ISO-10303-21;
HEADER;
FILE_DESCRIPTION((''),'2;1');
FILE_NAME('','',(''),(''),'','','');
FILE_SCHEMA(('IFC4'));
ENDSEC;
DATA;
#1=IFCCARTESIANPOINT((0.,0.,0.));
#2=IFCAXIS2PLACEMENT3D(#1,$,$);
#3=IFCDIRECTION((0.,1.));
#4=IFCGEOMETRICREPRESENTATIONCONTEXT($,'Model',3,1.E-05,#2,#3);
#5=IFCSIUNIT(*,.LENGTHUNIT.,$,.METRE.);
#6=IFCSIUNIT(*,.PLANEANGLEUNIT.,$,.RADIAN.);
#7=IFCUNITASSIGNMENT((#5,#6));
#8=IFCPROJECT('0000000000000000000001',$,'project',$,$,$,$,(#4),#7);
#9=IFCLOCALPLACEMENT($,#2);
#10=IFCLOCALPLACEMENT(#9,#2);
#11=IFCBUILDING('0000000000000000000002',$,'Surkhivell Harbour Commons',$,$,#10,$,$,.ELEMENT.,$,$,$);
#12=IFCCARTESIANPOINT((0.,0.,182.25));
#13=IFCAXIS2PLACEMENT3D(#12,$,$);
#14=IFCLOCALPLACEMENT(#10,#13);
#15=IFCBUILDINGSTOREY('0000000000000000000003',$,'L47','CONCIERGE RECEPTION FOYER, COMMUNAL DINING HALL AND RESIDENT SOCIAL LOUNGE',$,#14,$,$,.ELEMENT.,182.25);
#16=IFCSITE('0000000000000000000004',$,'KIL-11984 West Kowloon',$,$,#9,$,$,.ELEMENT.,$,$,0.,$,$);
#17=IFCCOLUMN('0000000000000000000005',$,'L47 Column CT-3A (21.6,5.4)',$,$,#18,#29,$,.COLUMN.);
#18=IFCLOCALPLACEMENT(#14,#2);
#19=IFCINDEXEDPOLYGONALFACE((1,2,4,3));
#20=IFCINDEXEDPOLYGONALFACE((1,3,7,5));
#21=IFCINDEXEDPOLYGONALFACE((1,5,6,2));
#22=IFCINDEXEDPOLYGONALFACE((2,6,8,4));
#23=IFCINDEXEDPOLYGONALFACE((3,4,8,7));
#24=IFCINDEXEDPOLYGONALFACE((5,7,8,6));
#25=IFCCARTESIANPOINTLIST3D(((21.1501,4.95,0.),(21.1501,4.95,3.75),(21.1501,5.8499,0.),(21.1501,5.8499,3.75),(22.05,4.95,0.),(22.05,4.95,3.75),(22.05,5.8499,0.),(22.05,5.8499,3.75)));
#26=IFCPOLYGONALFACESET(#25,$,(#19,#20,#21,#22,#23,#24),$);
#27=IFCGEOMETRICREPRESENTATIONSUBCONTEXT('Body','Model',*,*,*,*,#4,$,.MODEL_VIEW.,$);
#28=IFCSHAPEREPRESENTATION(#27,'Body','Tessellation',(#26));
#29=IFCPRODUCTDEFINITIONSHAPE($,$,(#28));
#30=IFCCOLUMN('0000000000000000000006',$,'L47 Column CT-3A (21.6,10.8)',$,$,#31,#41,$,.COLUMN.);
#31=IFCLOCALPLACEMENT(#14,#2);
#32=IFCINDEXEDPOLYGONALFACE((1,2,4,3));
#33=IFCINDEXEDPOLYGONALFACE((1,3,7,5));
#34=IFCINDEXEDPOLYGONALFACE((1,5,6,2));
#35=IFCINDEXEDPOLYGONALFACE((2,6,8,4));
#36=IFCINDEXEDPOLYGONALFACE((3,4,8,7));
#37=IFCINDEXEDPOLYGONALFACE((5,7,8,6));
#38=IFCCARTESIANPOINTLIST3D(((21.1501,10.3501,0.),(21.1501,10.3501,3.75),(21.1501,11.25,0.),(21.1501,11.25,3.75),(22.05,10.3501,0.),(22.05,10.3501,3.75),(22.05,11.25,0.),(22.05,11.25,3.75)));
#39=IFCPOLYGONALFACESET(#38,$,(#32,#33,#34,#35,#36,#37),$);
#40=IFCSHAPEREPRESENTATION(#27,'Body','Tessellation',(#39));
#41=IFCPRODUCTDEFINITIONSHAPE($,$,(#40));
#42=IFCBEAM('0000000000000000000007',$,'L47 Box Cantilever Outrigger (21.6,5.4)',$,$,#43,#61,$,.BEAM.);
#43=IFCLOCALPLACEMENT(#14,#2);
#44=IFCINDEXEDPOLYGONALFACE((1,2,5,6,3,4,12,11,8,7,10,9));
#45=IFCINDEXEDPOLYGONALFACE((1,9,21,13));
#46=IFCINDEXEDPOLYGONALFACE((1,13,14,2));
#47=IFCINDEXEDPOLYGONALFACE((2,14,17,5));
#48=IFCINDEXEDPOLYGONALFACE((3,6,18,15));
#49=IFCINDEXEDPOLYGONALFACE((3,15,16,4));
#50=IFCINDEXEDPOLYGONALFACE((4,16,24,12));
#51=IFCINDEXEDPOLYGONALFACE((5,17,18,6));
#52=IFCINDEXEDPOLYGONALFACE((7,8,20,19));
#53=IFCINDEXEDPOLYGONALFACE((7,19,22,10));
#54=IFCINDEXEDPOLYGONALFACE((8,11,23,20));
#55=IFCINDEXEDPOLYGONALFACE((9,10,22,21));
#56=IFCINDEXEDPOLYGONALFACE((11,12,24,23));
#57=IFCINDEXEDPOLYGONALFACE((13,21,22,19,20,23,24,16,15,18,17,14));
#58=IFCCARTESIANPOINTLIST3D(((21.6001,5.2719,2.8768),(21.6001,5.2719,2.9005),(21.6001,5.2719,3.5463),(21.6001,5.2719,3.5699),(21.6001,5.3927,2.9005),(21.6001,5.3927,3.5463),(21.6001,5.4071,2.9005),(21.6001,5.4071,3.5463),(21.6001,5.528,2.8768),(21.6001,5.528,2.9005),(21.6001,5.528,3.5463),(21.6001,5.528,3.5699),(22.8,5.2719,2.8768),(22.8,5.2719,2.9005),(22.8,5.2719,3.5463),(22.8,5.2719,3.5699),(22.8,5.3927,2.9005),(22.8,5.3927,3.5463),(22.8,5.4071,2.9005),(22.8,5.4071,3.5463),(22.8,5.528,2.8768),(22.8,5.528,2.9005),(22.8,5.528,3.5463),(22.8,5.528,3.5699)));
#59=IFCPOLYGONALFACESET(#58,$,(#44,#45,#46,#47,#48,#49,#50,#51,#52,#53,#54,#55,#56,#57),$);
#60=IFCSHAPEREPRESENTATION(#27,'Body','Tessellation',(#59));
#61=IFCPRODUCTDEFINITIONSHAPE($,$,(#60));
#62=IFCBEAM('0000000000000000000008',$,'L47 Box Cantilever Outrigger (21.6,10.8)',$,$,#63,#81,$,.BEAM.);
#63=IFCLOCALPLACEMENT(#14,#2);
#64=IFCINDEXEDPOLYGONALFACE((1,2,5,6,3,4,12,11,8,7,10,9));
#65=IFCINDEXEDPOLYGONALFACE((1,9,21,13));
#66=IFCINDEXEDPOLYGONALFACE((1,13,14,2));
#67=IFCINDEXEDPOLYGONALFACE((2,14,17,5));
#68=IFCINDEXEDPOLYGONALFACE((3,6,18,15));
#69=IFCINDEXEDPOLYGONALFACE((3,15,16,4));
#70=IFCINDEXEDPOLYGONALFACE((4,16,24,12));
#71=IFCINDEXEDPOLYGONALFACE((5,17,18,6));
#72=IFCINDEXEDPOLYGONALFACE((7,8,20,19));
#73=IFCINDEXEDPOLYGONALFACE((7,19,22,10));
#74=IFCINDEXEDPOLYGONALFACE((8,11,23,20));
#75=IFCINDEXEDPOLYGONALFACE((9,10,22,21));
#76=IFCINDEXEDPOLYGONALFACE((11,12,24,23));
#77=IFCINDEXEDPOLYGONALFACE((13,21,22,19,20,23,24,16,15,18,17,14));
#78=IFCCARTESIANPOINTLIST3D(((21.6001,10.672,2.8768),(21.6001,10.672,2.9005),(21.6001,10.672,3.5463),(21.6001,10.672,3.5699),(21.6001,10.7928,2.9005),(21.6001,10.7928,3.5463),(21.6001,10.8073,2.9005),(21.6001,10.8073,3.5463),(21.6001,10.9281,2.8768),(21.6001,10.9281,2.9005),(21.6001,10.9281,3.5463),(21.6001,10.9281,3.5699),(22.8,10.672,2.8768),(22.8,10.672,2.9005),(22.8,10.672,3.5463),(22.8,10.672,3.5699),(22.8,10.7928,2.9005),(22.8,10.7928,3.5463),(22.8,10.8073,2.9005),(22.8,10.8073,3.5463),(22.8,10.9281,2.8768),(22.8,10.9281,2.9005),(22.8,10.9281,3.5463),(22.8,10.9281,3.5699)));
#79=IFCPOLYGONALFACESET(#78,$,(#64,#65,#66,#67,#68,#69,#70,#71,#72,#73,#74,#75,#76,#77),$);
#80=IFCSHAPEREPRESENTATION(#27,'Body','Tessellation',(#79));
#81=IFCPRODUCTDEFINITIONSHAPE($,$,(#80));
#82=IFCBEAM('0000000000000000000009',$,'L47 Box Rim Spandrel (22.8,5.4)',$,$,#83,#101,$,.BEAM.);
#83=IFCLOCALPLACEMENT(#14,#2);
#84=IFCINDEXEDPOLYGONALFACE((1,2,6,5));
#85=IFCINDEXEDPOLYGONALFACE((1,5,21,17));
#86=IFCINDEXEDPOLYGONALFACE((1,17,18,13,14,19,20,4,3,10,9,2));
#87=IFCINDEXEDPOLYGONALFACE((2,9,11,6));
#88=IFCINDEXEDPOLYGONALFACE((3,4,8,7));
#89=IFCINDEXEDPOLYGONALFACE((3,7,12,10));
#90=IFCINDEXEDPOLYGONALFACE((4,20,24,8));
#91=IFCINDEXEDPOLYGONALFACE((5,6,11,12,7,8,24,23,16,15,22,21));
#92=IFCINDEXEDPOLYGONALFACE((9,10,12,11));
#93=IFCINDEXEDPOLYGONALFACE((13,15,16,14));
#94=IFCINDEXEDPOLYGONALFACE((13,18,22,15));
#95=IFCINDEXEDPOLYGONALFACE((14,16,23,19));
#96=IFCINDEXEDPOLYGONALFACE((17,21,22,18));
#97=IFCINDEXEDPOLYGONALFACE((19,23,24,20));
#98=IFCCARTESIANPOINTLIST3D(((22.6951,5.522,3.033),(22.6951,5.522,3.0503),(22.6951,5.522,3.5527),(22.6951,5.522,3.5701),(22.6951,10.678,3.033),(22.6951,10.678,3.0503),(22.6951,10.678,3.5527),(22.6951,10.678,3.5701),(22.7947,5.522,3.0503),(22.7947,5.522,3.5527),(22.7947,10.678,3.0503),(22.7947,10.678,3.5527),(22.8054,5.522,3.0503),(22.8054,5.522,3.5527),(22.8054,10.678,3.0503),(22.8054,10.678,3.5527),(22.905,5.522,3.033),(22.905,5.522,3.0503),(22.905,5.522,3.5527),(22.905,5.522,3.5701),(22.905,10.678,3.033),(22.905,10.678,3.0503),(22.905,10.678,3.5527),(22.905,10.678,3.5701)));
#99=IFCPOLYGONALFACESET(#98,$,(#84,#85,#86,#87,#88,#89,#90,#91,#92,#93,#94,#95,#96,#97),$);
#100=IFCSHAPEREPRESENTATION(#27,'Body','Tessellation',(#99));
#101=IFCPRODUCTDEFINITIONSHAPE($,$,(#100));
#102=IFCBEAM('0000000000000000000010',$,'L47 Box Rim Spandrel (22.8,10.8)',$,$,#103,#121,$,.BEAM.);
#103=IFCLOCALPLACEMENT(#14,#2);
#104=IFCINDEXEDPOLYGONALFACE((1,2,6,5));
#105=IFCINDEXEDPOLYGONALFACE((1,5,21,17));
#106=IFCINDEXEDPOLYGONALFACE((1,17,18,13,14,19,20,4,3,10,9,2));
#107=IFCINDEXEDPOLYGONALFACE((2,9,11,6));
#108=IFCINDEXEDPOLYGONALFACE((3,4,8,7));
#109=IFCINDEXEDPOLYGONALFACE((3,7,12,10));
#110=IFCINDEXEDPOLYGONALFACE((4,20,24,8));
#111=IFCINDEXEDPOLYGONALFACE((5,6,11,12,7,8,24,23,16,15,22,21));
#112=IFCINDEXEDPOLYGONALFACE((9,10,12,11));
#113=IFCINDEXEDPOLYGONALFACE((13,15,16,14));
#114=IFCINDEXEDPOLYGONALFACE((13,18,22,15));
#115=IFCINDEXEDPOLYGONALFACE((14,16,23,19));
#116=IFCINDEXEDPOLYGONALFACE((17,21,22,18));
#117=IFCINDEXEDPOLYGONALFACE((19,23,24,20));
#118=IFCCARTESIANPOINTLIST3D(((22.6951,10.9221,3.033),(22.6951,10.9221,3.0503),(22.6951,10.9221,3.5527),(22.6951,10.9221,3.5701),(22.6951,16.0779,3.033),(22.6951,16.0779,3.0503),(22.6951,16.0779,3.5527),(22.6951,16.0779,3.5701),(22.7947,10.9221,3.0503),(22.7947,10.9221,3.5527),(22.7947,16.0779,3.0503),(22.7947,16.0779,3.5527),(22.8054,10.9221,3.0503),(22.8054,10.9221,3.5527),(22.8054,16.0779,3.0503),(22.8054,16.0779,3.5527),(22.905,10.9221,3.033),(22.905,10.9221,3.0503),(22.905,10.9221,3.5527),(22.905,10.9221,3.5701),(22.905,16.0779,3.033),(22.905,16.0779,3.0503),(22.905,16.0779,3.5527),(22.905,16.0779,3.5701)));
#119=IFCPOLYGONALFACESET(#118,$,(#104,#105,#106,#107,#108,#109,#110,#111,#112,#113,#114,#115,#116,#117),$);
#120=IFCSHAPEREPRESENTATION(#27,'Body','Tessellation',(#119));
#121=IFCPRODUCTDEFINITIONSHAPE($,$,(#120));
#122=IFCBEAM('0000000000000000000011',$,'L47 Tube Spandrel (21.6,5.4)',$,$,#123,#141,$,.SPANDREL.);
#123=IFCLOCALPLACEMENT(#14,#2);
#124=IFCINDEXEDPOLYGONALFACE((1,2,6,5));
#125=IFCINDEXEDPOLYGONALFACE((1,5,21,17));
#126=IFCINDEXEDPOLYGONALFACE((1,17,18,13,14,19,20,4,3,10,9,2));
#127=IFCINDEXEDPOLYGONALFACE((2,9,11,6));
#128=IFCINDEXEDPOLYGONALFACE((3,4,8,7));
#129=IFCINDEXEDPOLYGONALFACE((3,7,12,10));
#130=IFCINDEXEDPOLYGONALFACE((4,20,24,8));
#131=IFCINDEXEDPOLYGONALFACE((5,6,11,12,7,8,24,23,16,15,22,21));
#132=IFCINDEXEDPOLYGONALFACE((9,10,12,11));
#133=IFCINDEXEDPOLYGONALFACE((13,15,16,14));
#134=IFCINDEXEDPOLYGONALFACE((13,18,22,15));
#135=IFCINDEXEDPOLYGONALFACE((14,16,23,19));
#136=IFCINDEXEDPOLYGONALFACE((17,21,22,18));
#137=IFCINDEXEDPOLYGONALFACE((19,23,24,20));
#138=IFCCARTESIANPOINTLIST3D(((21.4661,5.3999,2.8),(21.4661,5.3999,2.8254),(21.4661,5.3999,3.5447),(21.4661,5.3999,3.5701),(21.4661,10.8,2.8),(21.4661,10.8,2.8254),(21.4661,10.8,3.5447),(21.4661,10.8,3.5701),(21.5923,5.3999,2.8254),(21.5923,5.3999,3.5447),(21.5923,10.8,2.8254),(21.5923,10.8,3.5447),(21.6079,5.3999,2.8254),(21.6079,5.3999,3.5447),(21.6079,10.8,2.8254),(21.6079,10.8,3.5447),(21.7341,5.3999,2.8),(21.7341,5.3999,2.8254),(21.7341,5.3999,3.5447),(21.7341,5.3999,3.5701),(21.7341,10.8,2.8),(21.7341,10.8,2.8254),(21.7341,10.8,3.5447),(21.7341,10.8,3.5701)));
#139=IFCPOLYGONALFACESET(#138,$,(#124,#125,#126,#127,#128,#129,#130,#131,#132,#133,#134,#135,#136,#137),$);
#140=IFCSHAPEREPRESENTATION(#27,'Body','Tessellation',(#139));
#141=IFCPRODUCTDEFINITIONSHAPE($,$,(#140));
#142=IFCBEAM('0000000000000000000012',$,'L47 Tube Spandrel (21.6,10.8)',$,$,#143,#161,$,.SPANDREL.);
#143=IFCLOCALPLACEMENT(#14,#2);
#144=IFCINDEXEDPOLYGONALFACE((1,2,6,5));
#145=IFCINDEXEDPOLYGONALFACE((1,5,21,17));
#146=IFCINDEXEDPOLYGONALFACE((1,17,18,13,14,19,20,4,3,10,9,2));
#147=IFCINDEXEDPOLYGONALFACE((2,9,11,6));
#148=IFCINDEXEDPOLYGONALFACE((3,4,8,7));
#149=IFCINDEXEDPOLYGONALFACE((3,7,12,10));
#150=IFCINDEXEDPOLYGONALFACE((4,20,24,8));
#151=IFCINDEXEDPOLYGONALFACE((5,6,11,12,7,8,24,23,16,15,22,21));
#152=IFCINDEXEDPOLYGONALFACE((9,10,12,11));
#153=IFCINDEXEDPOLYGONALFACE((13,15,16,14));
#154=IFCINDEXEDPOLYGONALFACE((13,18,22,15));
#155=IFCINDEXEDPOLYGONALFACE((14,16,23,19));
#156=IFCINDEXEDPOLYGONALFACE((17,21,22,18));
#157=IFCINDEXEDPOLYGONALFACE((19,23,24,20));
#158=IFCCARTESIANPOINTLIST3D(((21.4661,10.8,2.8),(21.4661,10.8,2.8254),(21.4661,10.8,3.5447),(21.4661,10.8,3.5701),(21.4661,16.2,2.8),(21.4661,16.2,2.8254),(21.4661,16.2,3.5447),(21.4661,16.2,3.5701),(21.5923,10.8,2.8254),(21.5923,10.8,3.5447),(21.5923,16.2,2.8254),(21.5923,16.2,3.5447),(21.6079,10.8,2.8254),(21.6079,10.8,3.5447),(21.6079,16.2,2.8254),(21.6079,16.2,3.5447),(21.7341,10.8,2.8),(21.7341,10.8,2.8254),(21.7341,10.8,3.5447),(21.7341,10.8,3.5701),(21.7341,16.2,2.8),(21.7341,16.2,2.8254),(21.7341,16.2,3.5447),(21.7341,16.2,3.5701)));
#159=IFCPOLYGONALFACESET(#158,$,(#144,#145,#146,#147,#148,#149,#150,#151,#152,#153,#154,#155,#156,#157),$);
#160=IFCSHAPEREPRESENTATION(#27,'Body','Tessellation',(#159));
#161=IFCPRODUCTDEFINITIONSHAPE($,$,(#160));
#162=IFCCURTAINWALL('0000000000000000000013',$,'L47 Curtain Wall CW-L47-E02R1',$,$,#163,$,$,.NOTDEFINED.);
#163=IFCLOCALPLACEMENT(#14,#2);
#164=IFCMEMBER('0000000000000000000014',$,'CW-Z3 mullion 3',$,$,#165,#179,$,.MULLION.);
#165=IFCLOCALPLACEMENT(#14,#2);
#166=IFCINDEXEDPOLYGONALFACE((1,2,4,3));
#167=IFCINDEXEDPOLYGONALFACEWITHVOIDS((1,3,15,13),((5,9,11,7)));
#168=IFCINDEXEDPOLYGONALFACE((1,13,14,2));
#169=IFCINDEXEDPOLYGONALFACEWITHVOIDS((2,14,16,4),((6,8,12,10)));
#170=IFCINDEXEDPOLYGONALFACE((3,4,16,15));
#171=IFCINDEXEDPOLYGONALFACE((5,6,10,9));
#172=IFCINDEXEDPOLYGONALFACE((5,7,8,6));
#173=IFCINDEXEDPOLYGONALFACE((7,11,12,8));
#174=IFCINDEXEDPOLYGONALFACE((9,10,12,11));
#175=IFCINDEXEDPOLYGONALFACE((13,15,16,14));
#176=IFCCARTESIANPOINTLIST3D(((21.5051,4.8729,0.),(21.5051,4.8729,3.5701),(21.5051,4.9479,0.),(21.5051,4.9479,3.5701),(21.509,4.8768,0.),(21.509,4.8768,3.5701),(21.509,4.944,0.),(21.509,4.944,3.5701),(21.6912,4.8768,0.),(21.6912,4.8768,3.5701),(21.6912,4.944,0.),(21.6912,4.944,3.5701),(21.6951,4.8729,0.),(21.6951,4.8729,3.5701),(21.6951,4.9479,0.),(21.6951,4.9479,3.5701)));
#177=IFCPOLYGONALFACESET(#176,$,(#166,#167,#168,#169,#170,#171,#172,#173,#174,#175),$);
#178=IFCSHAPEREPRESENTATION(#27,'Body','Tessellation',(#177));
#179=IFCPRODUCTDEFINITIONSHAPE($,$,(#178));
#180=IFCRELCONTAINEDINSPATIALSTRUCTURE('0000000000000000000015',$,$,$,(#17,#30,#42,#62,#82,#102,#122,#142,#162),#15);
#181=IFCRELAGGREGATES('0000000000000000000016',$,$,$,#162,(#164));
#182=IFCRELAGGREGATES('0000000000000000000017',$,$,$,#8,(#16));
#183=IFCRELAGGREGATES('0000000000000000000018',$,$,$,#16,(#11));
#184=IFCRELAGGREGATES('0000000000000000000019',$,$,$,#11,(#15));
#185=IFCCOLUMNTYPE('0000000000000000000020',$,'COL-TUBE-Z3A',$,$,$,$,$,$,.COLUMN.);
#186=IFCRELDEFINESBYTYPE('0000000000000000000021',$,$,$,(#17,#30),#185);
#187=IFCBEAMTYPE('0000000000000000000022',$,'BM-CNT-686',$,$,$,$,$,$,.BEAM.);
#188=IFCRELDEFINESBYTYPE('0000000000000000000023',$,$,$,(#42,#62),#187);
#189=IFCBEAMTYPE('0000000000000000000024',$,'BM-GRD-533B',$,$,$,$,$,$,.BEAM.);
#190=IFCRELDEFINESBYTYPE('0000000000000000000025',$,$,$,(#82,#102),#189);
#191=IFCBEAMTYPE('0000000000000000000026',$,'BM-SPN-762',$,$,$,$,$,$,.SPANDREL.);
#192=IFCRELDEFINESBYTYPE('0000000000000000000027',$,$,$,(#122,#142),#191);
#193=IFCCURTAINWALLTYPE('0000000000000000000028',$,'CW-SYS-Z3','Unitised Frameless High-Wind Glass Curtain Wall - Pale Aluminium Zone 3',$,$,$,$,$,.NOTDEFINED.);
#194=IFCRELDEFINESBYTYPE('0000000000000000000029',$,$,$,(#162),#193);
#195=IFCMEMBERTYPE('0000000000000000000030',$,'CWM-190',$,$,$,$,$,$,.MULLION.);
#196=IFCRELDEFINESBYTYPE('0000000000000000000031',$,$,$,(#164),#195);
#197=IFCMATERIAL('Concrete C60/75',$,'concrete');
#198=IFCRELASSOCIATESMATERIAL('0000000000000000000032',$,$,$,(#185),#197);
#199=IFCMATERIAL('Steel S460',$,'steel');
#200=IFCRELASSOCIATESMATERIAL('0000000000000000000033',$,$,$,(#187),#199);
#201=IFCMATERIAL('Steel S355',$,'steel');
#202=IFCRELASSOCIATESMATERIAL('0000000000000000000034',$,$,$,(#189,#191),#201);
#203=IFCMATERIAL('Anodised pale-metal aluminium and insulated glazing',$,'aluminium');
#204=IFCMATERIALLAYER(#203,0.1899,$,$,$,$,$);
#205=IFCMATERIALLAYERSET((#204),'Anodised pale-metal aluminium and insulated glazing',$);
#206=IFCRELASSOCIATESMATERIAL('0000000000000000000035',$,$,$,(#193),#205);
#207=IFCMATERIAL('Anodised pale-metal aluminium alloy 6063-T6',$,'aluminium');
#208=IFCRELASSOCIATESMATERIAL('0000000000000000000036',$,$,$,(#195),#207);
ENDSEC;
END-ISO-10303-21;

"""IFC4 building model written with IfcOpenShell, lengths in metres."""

from ifc_helpers import new_model, si_unit, direction, frame, origin, origin_2d, place, context, subcontext, project, spatial, rectangle, hollow_rectangle, i_section, extrude, material, layer, layer_set, material_profile, profile_set, type_object, element, aggregate, save


model = new_model("IFC4")

# Units and contexts
model_context = context("Model", 3, precision=1e-05, world=origin(), true_north=direction((0.0, 1.0)))
body_context = subcontext(model_context, "Body", "Model", "MODEL_VIEW")
ifc_project = project(units=[si_unit("LENGTHUNIT", "METRE"), si_unit("PLANEANGLEUNIT", "RADIAN")], contexts=[model_context])

# Site, building, storey
site_placement = place(None, origin())
site = spatial("IfcSite", under=ifc_project, at=site_placement, Name="KIL-11984 West Kowloon", CompositionType="ELEMENT", RefElevation=0.0)
building_placement = place(site_placement, origin())
building = spatial("IfcBuilding", under=site, at=building_placement, Name="Surkhivell Harbour Commons", CompositionType="ELEMENT")
storey_placement = place(building_placement, frame((0.0, 0.0, 182.25)))
storey = spatial("IfcBuildingStorey", under=building, at=storey_placement, Name="L47", Description="CONCIERGE RECEPTION FOYER, COMMUNAL DINING HALL AND RESIDENT SOCIAL LOUNGE", CompositionType="ELEMENT", Elevation=182.25)

# Columns
ifc_material_1 = material(Name="Concrete C60/75", Category="concrete")
ifc_material_profile_1 = material_profile(ifc_material_1, rectangle(XDim=0.8999, YDim=0.8999, at=origin_2d()), Name="RC-COL-900x900")
ifc_profile_set_1 = profile_set([ifc_material_profile_1], Name="Concrete C60/75")
column_type = type_object("IfcColumnType", Name="COL-TUBE-Z3A", PredefinedType="COLUMN", material=ifc_profile_set_1)
for number, where, z_axis, x_axis, name in (
    (1, (21.6001, 5.3999, 0.0), (0.0, 0.0, 1.0), (1.0, 0.0, 0.0), "L47 Column CT-3A (21.6,5.4)"),
    (2, (21.6001, 10.8, 0.0), (0.0, 0.0, 1.0), (1.0, 0.0, 0.0), "L47 Column CT-3A (21.6,10.8)"),
):
    element("IfcColumn", number, at=place(storey_placement, frame(where, z_axis=z_axis, x_axis=x_axis)), inside=storey, type_object=column_type, Name=name, PredefinedType="COLUMN", context=body_context, shape_type="SweptSolid", body=[
        extrude(rectangle(XDim=0.8999, YDim=0.8999, at=origin_2d()), origin(), (0.0, 0.0, 1.0), 3.75),
    ])

# Beams
ifc_material_2 = material(Name="Steel S460", Category="steel")
ifc_material_profile_2 = material_profile(ifc_material_2, i_section(OverallWidth=0.2561, OverallDepth=0.6931, WebThickness=0.0144, FlangeThickness=0.0237, at=origin_2d()), Name="UB686x254x170")
ifc_profile_set_2 = profile_set([ifc_material_profile_2], Name="Steel S460")
beam_type_1 = type_object("IfcBeamType", Name="BM-CNT-686", PredefinedType="BEAM", material=ifc_profile_set_2)
for number, where, z_axis, x_axis, name in (
    (3, (21.6001, 5.3999, 3.2234), (1.0, 0.0, 0.0), (0.0, 1.0, 0.0), "L47 Box Cantilever Outrigger (21.6,5.4)"),
    (4, (21.6001, 10.8, 3.2234), (1.0, 0.0, 0.0), (0.0, 1.0, 0.0), "L47 Box Cantilever Outrigger (21.6,10.8)"),
):
    element("IfcBeam", number, at=place(storey_placement, frame(where, z_axis=z_axis, x_axis=x_axis)), inside=storey, type_object=beam_type_1, Name=name, PredefinedType="BEAM", context=body_context, shape_type="SweptSolid", body=[
        extrude(i_section(OverallWidth=0.2561, OverallDepth=0.6931, WebThickness=0.0144, FlangeThickness=0.0237, at=origin_2d()), origin(), (0.0, 0.0, 1.0), 1.2),
    ])
ifc_material_3 = material(Name="Steel S355", Category="steel")
ifc_material_profile_3 = material_profile(ifc_material_3, i_section(OverallWidth=0.21, OverallDepth=0.5371, WebThickness=0.0107, FlangeThickness=0.0173, at=origin_2d()), Name="UB533x210x101")
ifc_profile_set_3 = profile_set([ifc_material_profile_3], Name="Steel S355")
beam_type_2 = type_object("IfcBeamType", Name="BM-GRD-533B", PredefinedType="BEAM", material=ifc_profile_set_3)
beam_1_placement = place(storey_placement, frame((22.8, 5.522, 3.3015), z_axis=(0.0, 1.0, 0.0), x_axis=(-1.0, 0.0, 0.0)))
element("IfcBeam", 5, at=beam_1_placement, inside=storey, type_object=beam_type_2, Name="L47 Box Rim Spandrel (22.8,5.4)", PredefinedType="BEAM", context=body_context, shape_type="SweptSolid", body=[
    extrude(i_section(OverallWidth=0.21, OverallDepth=0.5371, WebThickness=0.0107, FlangeThickness=0.0173, at=origin_2d()), origin(), (0.0, 0.0, 1.0), 5.156),
])
beam_2_placement = place(storey_placement, frame((22.8, 10.9221, 3.3015), z_axis=(0.0, 1.0, 0.0), x_axis=(-1.0, 0.0, 0.0)))
element("IfcBeam", 6, at=beam_2_placement, inside=storey, type_object=beam_type_2, Name="L47 Box Rim Spandrel (22.8,10.8)", PredefinedType="BEAM", context=body_context, shape_type="SweptSolid", body=[
    extrude(i_section(OverallWidth=0.21, OverallDepth=0.5371, WebThickness=0.0107, FlangeThickness=0.0173, at=origin_2d()), origin(), (0.0, 0.0, 1.0), 5.1558),
])
ifc_material_profile_4 = material_profile(ifc_material_3, i_section(OverallWidth=0.2681, OverallDepth=0.77, WebThickness=0.0156, FlangeThickness=0.0254, at=origin_2d()), Name="UB762x267x197")
ifc_profile_set_4 = profile_set([ifc_material_profile_4], Name="Steel S355")
beam_type_3 = type_object("IfcBeamType", Name="BM-SPN-762", PredefinedType="SPANDREL", material=ifc_profile_set_4)
beam_3_placement = place(storey_placement, frame((21.6001, 5.3999, 3.1851), z_axis=(0.0, 1.0, 0.0), x_axis=(-1.0, 0.0, 0.0)))
element("IfcBeam", 7, at=beam_3_placement, inside=storey, type_object=beam_type_3, Name="L47 Tube Spandrel (21.6,5.4)", PredefinedType="SPANDREL", context=body_context, shape_type="SweptSolid", body=[
    extrude(i_section(OverallWidth=0.2681, OverallDepth=0.77, WebThickness=0.0156, FlangeThickness=0.0254, at=origin_2d()), origin(), (0.0, 0.0, 1.0), 5.4001),
])
beam_4_placement = place(storey_placement, frame((21.6001, 10.8, 3.1851), z_axis=(0.0, 1.0, 0.0), x_axis=(-1.0, 0.0, 0.0)))
element("IfcBeam", 8, at=beam_4_placement, inside=storey, type_object=beam_type_3, Name="L47 Tube Spandrel (21.6,10.8)", PredefinedType="SPANDREL", context=body_context, shape_type="SweptSolid", body=[
    extrude(i_section(OverallWidth=0.2681, OverallDepth=0.77, WebThickness=0.0156, FlangeThickness=0.0254, at=origin_2d()), origin(), (0.0, 0.0, 1.0), 5.3999),
])

# Curtain wall, member
ifc_material_4 = material(Name="Anodised pale-metal aluminium and insulated glazing", Category="aluminium")
ifc_layer_1 = layer(ifc_material_4, 0.1899)
ifc_layer_set_1 = layer_set([ifc_layer_1], Name="Anodised pale-metal aluminium and insulated glazing")
curtain_wall_type = type_object("IfcCurtainWallType", Name="CW-SYS-Z3", Description="Unitised Frameless High-Wind Glass Curtain Wall - Pale Aluminium Zone 3", PredefinedType="NOTDEFINED", material=ifc_layer_set_1)
curtain_wall_placement = place(storey_placement, origin())
curtain_wall = element("IfcCurtainWall", 9, at=curtain_wall_placement, inside=storey, type_object=curtain_wall_type, Name="L47 Curtain Wall CW-L47-E02R1", PredefinedType="NOTDEFINED")
ifc_material_5 = material(Name="Anodised pale-metal aluminium alloy 6063-T6", Category="aluminium")
ifc_material_profile_5 = material_profile(ifc_material_5, hollow_rectangle(XDim=0.075, YDim=0.1899, WallThickness=0.0039, at=origin_2d()), Name="ALU-MULL-75x190")
ifc_profile_set_5 = profile_set([ifc_material_profile_5], Name="Anodised pale-metal aluminium alloy 6063-T6")
member_type_1 = type_object("IfcMemberType", Name="CWM-190", PredefinedType="MULLION", material=ifc_profile_set_5)
member_1_placement = place(storey_placement, frame((21.6001, 4.9104, 0.0), z_axis=(0.0, 0.0, 1.0), x_axis=(0.0, 1.0, 0.0)))
member_1 = element("IfcMember", 10, at=member_1_placement, type_object=member_type_1, Name="CW-Z3 mullion 3", PredefinedType="MULLION", context=body_context, shape_type="SweptSolid", body=[
    extrude(hollow_rectangle(XDim=0.075, YDim=0.1899, WallThickness=0.0039, at=origin_2d()), origin(), (0.0, 0.0, 1.0), 3.5701),
])
aggregate(curtain_wall, [member_1])

save(model, "model.ifc")
